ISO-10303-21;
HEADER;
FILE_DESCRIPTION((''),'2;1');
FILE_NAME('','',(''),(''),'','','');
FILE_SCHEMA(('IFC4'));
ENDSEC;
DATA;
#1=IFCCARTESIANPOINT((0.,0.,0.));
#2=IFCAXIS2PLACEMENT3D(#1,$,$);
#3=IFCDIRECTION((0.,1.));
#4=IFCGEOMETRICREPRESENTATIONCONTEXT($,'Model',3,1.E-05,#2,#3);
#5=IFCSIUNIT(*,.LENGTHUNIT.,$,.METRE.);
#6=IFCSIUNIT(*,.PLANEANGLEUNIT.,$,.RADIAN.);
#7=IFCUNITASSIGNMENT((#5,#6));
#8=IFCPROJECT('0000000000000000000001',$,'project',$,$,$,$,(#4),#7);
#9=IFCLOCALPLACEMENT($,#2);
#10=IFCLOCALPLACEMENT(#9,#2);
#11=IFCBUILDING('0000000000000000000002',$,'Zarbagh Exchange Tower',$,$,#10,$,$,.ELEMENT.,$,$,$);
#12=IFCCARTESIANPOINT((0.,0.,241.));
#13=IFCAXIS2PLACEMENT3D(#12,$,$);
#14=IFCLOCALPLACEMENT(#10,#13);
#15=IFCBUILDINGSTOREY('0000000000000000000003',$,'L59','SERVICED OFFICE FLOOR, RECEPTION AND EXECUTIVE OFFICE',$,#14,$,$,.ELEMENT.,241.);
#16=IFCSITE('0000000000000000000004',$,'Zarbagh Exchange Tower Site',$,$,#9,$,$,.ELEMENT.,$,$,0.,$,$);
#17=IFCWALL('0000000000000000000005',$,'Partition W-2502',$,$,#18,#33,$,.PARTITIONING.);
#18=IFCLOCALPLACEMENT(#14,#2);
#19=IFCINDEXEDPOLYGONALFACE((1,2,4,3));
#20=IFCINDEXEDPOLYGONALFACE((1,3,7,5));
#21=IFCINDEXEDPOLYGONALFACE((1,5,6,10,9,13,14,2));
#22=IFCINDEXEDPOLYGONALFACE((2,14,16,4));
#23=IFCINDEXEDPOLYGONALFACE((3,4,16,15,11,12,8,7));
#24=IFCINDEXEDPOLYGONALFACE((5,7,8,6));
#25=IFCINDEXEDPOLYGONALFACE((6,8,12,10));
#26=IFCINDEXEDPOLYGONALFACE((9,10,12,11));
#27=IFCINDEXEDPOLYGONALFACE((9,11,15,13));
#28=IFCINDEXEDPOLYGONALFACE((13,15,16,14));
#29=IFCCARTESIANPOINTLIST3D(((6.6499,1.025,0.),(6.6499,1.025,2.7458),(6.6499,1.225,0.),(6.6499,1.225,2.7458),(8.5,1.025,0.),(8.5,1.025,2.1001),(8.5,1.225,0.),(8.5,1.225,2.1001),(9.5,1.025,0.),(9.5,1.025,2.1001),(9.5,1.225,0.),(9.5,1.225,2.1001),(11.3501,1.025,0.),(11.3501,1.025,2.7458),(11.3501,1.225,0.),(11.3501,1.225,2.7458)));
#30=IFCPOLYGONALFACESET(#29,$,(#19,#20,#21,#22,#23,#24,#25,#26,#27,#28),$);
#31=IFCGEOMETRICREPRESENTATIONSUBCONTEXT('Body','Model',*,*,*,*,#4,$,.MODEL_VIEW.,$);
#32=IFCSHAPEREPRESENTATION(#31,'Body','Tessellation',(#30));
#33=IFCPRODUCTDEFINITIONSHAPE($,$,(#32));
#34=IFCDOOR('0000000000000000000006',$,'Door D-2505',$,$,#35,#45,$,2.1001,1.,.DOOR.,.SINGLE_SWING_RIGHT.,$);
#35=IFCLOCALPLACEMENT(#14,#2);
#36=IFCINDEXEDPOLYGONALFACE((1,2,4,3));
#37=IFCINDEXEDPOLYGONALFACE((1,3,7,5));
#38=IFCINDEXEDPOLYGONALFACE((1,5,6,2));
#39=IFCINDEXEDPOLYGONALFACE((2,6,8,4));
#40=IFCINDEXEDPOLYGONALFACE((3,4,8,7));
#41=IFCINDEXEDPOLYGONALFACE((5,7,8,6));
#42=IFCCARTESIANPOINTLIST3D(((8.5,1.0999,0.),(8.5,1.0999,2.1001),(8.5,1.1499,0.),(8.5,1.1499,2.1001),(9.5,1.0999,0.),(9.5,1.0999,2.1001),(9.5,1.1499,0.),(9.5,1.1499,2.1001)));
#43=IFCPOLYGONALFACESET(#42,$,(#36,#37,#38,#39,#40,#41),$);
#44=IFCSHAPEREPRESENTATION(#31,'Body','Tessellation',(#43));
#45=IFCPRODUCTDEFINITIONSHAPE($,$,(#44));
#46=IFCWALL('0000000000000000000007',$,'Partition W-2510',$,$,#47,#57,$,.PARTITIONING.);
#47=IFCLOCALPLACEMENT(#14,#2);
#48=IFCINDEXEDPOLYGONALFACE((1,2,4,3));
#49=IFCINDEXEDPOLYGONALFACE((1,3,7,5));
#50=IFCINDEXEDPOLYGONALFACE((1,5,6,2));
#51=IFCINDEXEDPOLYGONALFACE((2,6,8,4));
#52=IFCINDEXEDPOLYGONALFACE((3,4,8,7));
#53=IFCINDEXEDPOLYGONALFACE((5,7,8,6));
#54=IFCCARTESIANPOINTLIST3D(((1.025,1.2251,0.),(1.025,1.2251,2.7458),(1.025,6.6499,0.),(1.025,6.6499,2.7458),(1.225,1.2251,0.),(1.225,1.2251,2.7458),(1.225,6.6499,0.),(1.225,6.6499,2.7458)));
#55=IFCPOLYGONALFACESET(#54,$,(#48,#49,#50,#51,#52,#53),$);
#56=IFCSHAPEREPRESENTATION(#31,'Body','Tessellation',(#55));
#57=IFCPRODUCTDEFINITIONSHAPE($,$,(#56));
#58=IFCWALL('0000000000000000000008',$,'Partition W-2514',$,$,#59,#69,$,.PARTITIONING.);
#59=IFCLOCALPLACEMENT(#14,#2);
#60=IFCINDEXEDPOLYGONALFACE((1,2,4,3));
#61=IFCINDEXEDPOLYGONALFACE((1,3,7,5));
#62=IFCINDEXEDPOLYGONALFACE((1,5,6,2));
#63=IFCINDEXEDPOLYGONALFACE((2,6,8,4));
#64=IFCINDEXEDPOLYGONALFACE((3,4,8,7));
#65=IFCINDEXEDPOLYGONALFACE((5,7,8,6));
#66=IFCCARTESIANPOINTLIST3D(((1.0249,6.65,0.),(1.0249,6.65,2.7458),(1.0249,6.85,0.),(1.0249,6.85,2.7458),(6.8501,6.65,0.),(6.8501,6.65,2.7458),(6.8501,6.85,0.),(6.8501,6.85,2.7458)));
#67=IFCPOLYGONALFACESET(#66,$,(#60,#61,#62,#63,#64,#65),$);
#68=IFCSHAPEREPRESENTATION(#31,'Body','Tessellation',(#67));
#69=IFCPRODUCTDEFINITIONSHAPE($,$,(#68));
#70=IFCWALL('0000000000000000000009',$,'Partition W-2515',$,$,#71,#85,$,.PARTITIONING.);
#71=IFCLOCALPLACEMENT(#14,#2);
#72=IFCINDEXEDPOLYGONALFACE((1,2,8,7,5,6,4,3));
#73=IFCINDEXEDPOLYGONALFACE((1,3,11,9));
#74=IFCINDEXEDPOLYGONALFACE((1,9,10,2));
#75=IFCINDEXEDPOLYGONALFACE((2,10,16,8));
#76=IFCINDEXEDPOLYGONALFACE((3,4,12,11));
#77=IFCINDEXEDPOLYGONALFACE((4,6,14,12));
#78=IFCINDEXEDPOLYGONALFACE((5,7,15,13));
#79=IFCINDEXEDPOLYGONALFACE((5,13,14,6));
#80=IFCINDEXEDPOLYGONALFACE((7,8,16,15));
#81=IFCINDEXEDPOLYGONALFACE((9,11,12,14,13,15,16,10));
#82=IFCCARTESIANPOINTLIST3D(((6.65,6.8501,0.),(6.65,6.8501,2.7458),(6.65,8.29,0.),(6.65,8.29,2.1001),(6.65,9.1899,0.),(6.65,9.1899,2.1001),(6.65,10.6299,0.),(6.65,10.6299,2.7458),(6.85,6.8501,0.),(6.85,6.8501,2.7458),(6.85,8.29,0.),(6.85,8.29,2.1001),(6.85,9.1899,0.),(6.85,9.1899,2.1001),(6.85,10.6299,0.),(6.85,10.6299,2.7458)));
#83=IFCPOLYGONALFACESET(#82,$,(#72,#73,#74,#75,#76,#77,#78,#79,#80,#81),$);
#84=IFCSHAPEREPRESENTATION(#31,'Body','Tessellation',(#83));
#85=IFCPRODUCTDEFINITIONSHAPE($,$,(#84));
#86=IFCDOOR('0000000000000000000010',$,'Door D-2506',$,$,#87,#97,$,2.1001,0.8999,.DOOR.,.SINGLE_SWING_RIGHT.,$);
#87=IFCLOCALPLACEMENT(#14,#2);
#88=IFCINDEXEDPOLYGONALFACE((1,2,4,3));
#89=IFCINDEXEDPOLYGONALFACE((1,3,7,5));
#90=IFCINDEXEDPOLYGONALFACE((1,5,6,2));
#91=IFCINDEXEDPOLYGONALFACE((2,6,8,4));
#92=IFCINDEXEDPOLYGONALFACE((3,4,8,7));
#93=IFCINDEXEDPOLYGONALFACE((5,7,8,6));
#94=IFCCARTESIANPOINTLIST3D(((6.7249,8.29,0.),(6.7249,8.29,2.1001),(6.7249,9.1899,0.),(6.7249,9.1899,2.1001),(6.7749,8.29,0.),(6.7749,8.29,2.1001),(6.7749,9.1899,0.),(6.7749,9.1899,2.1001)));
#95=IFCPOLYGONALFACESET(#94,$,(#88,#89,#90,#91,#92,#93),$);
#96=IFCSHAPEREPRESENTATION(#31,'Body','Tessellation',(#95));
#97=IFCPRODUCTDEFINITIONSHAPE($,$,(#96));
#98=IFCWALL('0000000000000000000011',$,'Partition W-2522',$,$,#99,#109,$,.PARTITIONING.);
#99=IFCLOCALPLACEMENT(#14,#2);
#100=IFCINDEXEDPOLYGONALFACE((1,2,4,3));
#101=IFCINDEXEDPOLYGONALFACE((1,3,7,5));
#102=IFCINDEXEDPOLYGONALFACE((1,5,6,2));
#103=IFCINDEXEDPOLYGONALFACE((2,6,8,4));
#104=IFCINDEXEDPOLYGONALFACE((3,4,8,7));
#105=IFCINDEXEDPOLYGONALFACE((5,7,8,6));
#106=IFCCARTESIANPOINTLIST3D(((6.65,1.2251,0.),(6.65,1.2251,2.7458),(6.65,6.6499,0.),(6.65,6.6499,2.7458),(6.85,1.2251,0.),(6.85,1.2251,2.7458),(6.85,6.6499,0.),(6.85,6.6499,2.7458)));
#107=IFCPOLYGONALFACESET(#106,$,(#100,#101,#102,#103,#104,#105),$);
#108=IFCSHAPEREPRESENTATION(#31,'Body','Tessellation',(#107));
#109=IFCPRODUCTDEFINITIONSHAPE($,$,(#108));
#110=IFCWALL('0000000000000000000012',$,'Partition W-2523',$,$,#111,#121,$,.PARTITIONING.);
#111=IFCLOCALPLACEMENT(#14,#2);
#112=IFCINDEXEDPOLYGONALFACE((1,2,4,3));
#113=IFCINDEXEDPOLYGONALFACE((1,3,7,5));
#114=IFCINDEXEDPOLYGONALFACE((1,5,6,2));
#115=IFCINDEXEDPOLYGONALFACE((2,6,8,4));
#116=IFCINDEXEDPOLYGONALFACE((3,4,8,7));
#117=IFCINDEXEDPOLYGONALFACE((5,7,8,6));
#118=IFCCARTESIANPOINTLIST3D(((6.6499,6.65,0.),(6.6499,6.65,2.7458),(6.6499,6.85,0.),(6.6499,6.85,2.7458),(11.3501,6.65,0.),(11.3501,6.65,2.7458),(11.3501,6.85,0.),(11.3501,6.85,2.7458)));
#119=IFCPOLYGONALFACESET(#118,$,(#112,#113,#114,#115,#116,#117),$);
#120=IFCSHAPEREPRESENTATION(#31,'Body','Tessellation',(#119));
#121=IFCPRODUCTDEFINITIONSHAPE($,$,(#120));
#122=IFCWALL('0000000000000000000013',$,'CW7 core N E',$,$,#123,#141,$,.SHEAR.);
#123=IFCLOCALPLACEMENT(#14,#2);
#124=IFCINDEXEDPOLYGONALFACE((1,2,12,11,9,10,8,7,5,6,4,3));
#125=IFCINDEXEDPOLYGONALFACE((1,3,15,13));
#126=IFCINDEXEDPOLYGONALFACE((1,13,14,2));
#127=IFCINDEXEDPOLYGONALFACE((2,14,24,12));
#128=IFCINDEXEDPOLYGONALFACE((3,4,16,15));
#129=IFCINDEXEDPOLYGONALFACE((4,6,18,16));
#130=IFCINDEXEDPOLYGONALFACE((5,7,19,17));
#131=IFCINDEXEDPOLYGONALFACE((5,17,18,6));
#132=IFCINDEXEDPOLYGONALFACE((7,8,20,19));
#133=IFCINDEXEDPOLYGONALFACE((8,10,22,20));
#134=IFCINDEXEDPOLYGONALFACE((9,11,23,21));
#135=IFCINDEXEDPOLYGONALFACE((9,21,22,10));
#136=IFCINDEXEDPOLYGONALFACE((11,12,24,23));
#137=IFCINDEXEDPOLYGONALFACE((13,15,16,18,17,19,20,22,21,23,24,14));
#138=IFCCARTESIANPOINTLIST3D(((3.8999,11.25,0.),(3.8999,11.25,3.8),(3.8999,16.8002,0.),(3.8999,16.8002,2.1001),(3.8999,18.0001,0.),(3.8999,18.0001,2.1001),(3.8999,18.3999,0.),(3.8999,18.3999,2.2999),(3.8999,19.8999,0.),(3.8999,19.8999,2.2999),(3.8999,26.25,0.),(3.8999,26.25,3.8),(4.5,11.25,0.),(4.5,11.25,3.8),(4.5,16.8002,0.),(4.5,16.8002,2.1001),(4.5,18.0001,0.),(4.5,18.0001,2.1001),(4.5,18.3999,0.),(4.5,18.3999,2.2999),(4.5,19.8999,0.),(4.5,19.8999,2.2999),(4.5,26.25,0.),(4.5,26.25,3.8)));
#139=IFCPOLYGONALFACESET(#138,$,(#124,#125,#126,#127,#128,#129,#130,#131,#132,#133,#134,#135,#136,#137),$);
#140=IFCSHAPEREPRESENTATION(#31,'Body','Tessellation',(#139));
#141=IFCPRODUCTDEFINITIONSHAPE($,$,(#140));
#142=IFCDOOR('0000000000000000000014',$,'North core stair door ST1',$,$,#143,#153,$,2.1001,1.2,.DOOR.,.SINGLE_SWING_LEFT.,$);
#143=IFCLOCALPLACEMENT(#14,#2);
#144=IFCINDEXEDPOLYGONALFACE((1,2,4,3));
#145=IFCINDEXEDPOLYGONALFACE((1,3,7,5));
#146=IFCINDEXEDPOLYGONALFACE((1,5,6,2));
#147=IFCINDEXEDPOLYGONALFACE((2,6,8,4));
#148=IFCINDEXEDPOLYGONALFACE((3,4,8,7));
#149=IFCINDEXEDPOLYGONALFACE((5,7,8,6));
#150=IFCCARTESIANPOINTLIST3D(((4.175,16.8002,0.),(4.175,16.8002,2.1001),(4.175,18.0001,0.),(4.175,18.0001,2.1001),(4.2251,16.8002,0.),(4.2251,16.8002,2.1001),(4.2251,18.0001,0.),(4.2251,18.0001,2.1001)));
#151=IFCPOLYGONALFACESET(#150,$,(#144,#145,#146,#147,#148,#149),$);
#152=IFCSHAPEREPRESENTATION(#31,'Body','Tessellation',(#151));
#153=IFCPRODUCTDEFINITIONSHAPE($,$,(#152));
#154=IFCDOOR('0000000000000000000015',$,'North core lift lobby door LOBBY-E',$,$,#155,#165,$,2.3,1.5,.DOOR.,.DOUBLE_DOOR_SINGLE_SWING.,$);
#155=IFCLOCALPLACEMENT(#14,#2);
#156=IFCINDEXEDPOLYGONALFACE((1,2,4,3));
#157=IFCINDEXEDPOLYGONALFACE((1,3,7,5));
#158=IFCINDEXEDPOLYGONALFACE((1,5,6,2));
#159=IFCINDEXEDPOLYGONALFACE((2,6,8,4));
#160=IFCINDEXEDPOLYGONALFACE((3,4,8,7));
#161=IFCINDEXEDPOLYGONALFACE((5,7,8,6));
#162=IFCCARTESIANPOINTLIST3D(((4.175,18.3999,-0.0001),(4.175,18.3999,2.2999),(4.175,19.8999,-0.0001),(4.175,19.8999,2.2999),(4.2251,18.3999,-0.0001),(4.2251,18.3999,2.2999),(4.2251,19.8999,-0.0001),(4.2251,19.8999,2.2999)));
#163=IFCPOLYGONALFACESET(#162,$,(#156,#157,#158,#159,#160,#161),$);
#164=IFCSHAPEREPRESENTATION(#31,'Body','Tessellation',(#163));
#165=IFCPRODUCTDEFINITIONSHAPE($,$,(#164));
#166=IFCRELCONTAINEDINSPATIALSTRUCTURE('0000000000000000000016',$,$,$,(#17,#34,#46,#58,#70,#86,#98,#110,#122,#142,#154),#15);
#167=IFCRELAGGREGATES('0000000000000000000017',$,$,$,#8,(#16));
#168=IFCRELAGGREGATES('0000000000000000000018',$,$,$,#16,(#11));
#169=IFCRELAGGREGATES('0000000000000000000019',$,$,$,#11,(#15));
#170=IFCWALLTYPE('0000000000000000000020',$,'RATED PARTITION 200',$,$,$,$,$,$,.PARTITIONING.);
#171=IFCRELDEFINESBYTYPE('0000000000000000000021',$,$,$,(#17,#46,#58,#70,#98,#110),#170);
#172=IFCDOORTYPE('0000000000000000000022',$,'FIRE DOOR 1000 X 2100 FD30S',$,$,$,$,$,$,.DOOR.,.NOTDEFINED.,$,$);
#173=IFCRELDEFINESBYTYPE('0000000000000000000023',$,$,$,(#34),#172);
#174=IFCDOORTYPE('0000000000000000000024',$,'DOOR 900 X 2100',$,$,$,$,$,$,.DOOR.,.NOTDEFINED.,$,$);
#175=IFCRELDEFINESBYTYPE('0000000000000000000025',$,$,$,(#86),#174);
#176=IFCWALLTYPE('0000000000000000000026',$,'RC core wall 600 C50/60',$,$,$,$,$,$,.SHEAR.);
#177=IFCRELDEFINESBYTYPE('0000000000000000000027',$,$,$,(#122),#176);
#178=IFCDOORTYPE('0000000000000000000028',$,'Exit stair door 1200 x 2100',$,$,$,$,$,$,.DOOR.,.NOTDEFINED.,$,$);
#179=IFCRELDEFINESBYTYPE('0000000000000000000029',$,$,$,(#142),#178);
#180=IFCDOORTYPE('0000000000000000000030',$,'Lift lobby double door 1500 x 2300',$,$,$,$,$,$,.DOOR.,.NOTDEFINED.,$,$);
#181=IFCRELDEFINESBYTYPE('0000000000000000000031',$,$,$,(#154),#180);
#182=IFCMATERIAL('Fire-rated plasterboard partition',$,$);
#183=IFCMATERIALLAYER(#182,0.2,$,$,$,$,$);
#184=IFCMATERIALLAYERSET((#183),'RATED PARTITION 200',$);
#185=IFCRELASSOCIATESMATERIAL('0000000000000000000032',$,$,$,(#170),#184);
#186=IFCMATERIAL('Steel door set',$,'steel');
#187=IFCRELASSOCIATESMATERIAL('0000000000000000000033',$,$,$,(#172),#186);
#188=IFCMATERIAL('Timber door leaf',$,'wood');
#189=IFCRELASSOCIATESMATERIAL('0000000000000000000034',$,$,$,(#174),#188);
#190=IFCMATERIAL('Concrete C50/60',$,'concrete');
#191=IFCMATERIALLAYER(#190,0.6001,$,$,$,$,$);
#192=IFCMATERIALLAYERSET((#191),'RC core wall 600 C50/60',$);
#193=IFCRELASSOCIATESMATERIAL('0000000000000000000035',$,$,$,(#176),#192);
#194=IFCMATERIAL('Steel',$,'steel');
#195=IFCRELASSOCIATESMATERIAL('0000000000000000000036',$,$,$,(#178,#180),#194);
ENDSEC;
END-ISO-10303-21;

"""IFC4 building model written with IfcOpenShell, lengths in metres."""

from ifc_helpers import new_model, si_unit, direction, frame, frame_2d, origin, place, context, subcontext, project, spatial, rectangle, extrude, material, layer, layer_set, type_object, element, fill, save


model = new_model("IFC4")

# Units and contexts
model_context = context("Model", 3, precision=1e-05, world=origin(), true_north=direction((0.0, 1.0)))
body_context = subcontext(model_context, "Body", "Model", "MODEL_VIEW")
ifc_project = project(units=[si_unit("LENGTHUNIT", "METRE"), si_unit("PLANEANGLEUNIT", "RADIAN")], contexts=[model_context])

# Site, building, storey
site_placement = place(None, origin())
site = spatial("IfcSite", under=ifc_project, at=site_placement, Name="Zarbagh Exchange Tower Site", CompositionType="ELEMENT", RefElevation=0.0)
building_placement = place(site_placement, origin())
building = spatial("IfcBuilding", under=site, at=building_placement, Name="Zarbagh Exchange Tower", CompositionType="ELEMENT")
storey_placement = place(building_placement, frame((0.0, 0.0, 241.0)))
storey = spatial("IfcBuildingStorey", under=building, at=storey_placement, Name="L59", Description="SERVICED OFFICE FLOOR, RECEPTION AND EXECUTIVE OFFICE", CompositionType="ELEMENT", Elevation=241.0)

# Shared definitions
ifc_material_1 = material(Name="Concrete C50/60", Category="concrete")

# Wall, opening, door
ifc_material_2 = material(Name="Fire-rated plasterboard partition")
ifc_layer_1 = layer(ifc_material_2, 0.2)
ifc_layer_set_1 = layer_set([ifc_layer_1], Name="RATED PARTITION 200")
wall_type_1 = type_object("IfcWallType", Name="RATED PARTITION 200", PredefinedType="PARTITIONING", material=ifc_layer_set_1)
ifc_material_3 = material(Name="Steel door set", Category="steel")
door_type_1 = type_object("IfcDoorType", Name="FIRE DOOR 1000 X 2100 FD30S", OperationType="NOTDEFINED", PredefinedType="DOOR", material=ifc_material_3)
wall_1_placement = place(storey_placement, frame((6.6499, 1.125, 0.0), z_axis=(0.0, 0.0, 1.0), x_axis=(1.0, 0.0, 0.0)))
wall_1 = element("IfcWall", 1, at=wall_1_placement, inside=storey, type_object=wall_type_1, Name="Partition W-2502", PredefinedType="PARTITIONING", context=body_context, shape_type="SweptSolid", body=[
    extrude(rectangle(XDim=4.7002, YDim=0.2, at=frame_2d((2.3501, 0.0))), origin(), (0.0, 0.0, 1.0), 2.7458),
])
opening_1_placement = place(wall_1_placement, frame((1.8501, 0.0, 0.0)))
opening_1 = element("IfcOpeningElement", 2, at=opening_1_placement, cuts=wall_1, PredefinedType="OPENING", context=body_context, shape_type="SweptSolid", body=[
    extrude(rectangle(XDim=1.0, YDim=2.1001, at=frame_2d((0.5, 1.05))), frame((0.0, 0.1099, 0.0), z_axis=(0.0, -1.0, 0.0), x_axis=(1.0, 0.0, 0.0)), (0.0, 0.0, 1.0), 0.22),
])
door_1_placement = place(opening_1_placement, origin())
door_1 = element("IfcDoor", 3, at=door_1_placement, inside=storey, type_object=door_type_1, Name="Door D-2505", OperationType="SINGLE_SWING_RIGHT", OverallHeight=2.1001, OverallWidth=1.0, PredefinedType="DOOR", context=body_context, shape_type="SweptSolid", body=[
    extrude(rectangle(XDim=1.0, YDim=2.1001, at=frame_2d((0.5, 1.05))), frame((0.0, 0.0249, 0.0), z_axis=(0.0, -1.0, 0.0), x_axis=(1.0, 0.0, 0.0)), (0.0, 0.0, 1.0), 0.05),
])
fill(opening_1, door_1)

# Walls
wall_2_placement = place(storey_placement, frame((1.125, 1.2251, 0.0), z_axis=(0.0, 0.0, 1.0), x_axis=(0.0, 1.0, 0.0)))
element("IfcWall", 4, at=wall_2_placement, inside=storey, type_object=wall_type_1, Name="Partition W-2510", PredefinedType="PARTITIONING", context=body_context, shape_type="SweptSolid", body=[
    extrude(rectangle(XDim=5.4248, YDim=0.2, at=frame_2d((2.7124, 0.0))), origin(), (0.0, 0.0, 1.0), 2.7458),
])
wall_3_placement = place(storey_placement, frame((1.0249, 6.75, 0.0), z_axis=(0.0, 0.0, 1.0), x_axis=(1.0, 0.0, 0.0)))
element("IfcWall", 5, at=wall_3_placement, inside=storey, type_object=wall_type_1, Name="Partition W-2514", PredefinedType="PARTITIONING", context=body_context, shape_type="SweptSolid", body=[
    extrude(rectangle(XDim=5.8252, YDim=0.2, at=frame_2d((2.9126, 0.0))), origin(), (0.0, 0.0, 1.0), 2.7458),
])

# Wall, opening, door
wall_4_placement = place(storey_placement, frame((6.75, 10.6299, 0.0), z_axis=(0.0, 0.0, 1.0), x_axis=(0.0, -1.0, 0.0)))
wall_4 = element("IfcWall", 6, at=wall_4_placement, inside=storey, type_object=wall_type_1, Name="Partition W-2515", PredefinedType="PARTITIONING", context=body_context, shape_type="SweptSolid", body=[
    extrude(rectangle(XDim=3.7798, YDim=0.2, at=frame_2d((1.8899, 0.0))), origin(), (0.0, 0.0, 1.0), 2.7458),
])
opening_2_placement = place(wall_4_placement, frame((1.4399, 0.0, 0.0)))
opening_2 = element("IfcOpeningElement", 7, at=opening_2_placement, cuts=wall_4, PredefinedType="OPENING", context=body_context, shape_type="SweptSolid", body=[
    extrude(rectangle(XDim=0.8999, YDim=2.1001, at=frame_2d((0.45, 1.05))), frame((0.0, 0.1099, 0.0), z_axis=(0.0, -1.0, 0.0), x_axis=(1.0, 0.0, 0.0)), (0.0, 0.0, 1.0), 0.22),
])
ifc_material_4 = material(Name="Timber door leaf", Category="wood")
door_type_2 = type_object("IfcDoorType", Name="DOOR 900 X 2100", OperationType="NOTDEFINED", PredefinedType="DOOR", material=ifc_material_4)
door_2_placement = place(opening_2_placement, origin())
door_2 = element("IfcDoor", 8, at=door_2_placement, inside=storey, type_object=door_type_2, Name="Door D-2506", OperationType="SINGLE_SWING_RIGHT", OverallHeight=2.1001, OverallWidth=0.8999, PredefinedType="DOOR", context=body_context, shape_type="SweptSolid", body=[
    extrude(rectangle(XDim=0.8999, YDim=2.1001, at=frame_2d((0.45, 1.05))), frame((0.0, 0.0249, 0.0), z_axis=(0.0, -1.0, 0.0), x_axis=(1.0, 0.0, 0.0)), (0.0, 0.0, 1.0), 0.05),
])
fill(opening_2, door_2)

# Walls
wall_5_placement = place(storey_placement, frame((6.75, 1.2251, 0.0), z_axis=(0.0, 0.0, 1.0), x_axis=(0.0, 1.0, 0.0)))
element("IfcWall", 9, at=wall_5_placement, inside=storey, type_object=wall_type_1, Name="Partition W-2522", PredefinedType="PARTITIONING", context=body_context, shape_type="SweptSolid", body=[
    extrude(rectangle(XDim=5.4248, YDim=0.2, at=frame_2d((2.7124, 0.0))), origin(), (0.0, 0.0, 1.0), 2.7458),
])
wall_6_placement = place(storey_placement, frame((6.6499, 6.75, 0.0), z_axis=(0.0, 0.0, 1.0), x_axis=(1.0, 0.0, 0.0)))
element("IfcWall", 10, at=wall_6_placement, inside=storey, type_object=wall_type_1, Name="Partition W-2523", PredefinedType="PARTITIONING", context=body_context, shape_type="SweptSolid", body=[
    extrude(rectangle(XDim=4.7002, YDim=0.2, at=frame_2d((2.3501, 0.0))), origin(), (0.0, 0.0, 1.0), 2.7458),
])

# Wall, openings, doors
ifc_layer_2 = layer(ifc_material_1, 0.6001)
ifc_layer_set_2 = layer_set([ifc_layer_2], Name="RC core wall 600 C50/60")
wall_type_2 = type_object("IfcWallType", Name="RC core wall 600 C50/60", PredefinedType="SHEAR", material=ifc_layer_set_2)
wall_7_placement = place(storey_placement, frame((4.2, 11.25, 0.0), z_axis=(0.0, 0.0, 1.0), x_axis=(0.0, 1.0, 0.0)))
wall_7 = element("IfcWall", 11, at=wall_7_placement, inside=storey, type_object=wall_type_2, Name="CW7 core N E", PredefinedType="SHEAR", context=body_context, shape_type="SweptSolid", body=[
    extrude(rectangle(XDim=15.0, YDim=0.6001, at=frame_2d((7.5, 0.0))), origin(), (0.0, 0.0, 1.0), 3.8),
])
opening_3_placement = place(wall_7_placement, frame((7.1499, 0.0, 0.0)))
opening_3 = element("IfcOpeningElement", 12, at=opening_3_placement, cuts=wall_7, PredefinedType="OPENING", context=body_context, shape_type="SweptSolid", body=[
    extrude(rectangle(XDim=1.5, YDim=2.3, at=frame_2d((0.75, 1.1499))), frame((0.0, 0.3101, 0.0), z_axis=(0.0, -1.0, 0.0), x_axis=(1.0, 0.0, 0.0)), (0.0, 0.0, 1.0), 0.6201),
])
opening_4_placement = place(wall_7_placement, frame((5.55, 0.0, 0.0)))
opening_4 = element("IfcOpeningElement", 13, at=opening_4_placement, cuts=wall_7, PredefinedType="OPENING", context=body_context, shape_type="SweptSolid", body=[
    extrude(rectangle(XDim=1.2, YDim=2.1001, at=frame_2d((0.6001, 1.05))), frame((0.0, 0.3101, 0.0), z_axis=(0.0, -1.0, 0.0), x_axis=(1.0, 0.0, 0.0)), (0.0, 0.0, 1.0), 0.6201),
])
ifc_material_5 = material(Name="Steel", Category="steel")
door_type_3 = type_object("IfcDoorType", Name="Exit stair door 1200 x 2100", OperationType="NOTDEFINED", PredefinedType="DOOR", material=ifc_material_5)
door_3_placement = place(opening_4_placement, origin())
door_3 = element("IfcDoor", 14, at=door_3_placement, inside=storey, type_object=door_type_3, Name="North core stair door ST1", OperationType="SINGLE_SWING_LEFT", OverallHeight=2.1001, OverallWidth=1.2, PredefinedType="DOOR", context=body_context, shape_type="SweptSolid", body=[
    extrude(rectangle(XDim=1.2, YDim=2.1001, at=frame_2d((0.6001, 1.05))), frame((0.0, 0.0249, 0.0), z_axis=(0.0, -1.0, 0.0), x_axis=(1.0, 0.0, 0.0)), (0.0, 0.0, 1.0), 0.05),
])
fill(opening_4, door_3)
door_type_4 = type_object("IfcDoorType", Name="Lift lobby double door 1500 x 2300", OperationType="NOTDEFINED", PredefinedType="DOOR", material=ifc_material_5)
door_4_placement = place(opening_3_placement, origin())
door_4 = element("IfcDoor", 15, at=door_4_placement, inside=storey, type_object=door_type_4, Name="North core lift lobby door LOBBY-E", OperationType="DOUBLE_DOOR_SINGLE_SWING", OverallHeight=2.3, OverallWidth=1.5, PredefinedType="DOOR", context=body_context, shape_type="SweptSolid", body=[
    extrude(rectangle(XDim=1.5, YDim=2.3, at=frame_2d((0.75, 1.1499))), frame((0.0, 0.0249, 0.0), z_axis=(0.0, -1.0, 0.0), x_axis=(1.0, 0.0, 0.0)), (0.0, 0.0, 1.0), 0.05),
])
fill(opening_3, door_4)

save(model, "model.ifc")
